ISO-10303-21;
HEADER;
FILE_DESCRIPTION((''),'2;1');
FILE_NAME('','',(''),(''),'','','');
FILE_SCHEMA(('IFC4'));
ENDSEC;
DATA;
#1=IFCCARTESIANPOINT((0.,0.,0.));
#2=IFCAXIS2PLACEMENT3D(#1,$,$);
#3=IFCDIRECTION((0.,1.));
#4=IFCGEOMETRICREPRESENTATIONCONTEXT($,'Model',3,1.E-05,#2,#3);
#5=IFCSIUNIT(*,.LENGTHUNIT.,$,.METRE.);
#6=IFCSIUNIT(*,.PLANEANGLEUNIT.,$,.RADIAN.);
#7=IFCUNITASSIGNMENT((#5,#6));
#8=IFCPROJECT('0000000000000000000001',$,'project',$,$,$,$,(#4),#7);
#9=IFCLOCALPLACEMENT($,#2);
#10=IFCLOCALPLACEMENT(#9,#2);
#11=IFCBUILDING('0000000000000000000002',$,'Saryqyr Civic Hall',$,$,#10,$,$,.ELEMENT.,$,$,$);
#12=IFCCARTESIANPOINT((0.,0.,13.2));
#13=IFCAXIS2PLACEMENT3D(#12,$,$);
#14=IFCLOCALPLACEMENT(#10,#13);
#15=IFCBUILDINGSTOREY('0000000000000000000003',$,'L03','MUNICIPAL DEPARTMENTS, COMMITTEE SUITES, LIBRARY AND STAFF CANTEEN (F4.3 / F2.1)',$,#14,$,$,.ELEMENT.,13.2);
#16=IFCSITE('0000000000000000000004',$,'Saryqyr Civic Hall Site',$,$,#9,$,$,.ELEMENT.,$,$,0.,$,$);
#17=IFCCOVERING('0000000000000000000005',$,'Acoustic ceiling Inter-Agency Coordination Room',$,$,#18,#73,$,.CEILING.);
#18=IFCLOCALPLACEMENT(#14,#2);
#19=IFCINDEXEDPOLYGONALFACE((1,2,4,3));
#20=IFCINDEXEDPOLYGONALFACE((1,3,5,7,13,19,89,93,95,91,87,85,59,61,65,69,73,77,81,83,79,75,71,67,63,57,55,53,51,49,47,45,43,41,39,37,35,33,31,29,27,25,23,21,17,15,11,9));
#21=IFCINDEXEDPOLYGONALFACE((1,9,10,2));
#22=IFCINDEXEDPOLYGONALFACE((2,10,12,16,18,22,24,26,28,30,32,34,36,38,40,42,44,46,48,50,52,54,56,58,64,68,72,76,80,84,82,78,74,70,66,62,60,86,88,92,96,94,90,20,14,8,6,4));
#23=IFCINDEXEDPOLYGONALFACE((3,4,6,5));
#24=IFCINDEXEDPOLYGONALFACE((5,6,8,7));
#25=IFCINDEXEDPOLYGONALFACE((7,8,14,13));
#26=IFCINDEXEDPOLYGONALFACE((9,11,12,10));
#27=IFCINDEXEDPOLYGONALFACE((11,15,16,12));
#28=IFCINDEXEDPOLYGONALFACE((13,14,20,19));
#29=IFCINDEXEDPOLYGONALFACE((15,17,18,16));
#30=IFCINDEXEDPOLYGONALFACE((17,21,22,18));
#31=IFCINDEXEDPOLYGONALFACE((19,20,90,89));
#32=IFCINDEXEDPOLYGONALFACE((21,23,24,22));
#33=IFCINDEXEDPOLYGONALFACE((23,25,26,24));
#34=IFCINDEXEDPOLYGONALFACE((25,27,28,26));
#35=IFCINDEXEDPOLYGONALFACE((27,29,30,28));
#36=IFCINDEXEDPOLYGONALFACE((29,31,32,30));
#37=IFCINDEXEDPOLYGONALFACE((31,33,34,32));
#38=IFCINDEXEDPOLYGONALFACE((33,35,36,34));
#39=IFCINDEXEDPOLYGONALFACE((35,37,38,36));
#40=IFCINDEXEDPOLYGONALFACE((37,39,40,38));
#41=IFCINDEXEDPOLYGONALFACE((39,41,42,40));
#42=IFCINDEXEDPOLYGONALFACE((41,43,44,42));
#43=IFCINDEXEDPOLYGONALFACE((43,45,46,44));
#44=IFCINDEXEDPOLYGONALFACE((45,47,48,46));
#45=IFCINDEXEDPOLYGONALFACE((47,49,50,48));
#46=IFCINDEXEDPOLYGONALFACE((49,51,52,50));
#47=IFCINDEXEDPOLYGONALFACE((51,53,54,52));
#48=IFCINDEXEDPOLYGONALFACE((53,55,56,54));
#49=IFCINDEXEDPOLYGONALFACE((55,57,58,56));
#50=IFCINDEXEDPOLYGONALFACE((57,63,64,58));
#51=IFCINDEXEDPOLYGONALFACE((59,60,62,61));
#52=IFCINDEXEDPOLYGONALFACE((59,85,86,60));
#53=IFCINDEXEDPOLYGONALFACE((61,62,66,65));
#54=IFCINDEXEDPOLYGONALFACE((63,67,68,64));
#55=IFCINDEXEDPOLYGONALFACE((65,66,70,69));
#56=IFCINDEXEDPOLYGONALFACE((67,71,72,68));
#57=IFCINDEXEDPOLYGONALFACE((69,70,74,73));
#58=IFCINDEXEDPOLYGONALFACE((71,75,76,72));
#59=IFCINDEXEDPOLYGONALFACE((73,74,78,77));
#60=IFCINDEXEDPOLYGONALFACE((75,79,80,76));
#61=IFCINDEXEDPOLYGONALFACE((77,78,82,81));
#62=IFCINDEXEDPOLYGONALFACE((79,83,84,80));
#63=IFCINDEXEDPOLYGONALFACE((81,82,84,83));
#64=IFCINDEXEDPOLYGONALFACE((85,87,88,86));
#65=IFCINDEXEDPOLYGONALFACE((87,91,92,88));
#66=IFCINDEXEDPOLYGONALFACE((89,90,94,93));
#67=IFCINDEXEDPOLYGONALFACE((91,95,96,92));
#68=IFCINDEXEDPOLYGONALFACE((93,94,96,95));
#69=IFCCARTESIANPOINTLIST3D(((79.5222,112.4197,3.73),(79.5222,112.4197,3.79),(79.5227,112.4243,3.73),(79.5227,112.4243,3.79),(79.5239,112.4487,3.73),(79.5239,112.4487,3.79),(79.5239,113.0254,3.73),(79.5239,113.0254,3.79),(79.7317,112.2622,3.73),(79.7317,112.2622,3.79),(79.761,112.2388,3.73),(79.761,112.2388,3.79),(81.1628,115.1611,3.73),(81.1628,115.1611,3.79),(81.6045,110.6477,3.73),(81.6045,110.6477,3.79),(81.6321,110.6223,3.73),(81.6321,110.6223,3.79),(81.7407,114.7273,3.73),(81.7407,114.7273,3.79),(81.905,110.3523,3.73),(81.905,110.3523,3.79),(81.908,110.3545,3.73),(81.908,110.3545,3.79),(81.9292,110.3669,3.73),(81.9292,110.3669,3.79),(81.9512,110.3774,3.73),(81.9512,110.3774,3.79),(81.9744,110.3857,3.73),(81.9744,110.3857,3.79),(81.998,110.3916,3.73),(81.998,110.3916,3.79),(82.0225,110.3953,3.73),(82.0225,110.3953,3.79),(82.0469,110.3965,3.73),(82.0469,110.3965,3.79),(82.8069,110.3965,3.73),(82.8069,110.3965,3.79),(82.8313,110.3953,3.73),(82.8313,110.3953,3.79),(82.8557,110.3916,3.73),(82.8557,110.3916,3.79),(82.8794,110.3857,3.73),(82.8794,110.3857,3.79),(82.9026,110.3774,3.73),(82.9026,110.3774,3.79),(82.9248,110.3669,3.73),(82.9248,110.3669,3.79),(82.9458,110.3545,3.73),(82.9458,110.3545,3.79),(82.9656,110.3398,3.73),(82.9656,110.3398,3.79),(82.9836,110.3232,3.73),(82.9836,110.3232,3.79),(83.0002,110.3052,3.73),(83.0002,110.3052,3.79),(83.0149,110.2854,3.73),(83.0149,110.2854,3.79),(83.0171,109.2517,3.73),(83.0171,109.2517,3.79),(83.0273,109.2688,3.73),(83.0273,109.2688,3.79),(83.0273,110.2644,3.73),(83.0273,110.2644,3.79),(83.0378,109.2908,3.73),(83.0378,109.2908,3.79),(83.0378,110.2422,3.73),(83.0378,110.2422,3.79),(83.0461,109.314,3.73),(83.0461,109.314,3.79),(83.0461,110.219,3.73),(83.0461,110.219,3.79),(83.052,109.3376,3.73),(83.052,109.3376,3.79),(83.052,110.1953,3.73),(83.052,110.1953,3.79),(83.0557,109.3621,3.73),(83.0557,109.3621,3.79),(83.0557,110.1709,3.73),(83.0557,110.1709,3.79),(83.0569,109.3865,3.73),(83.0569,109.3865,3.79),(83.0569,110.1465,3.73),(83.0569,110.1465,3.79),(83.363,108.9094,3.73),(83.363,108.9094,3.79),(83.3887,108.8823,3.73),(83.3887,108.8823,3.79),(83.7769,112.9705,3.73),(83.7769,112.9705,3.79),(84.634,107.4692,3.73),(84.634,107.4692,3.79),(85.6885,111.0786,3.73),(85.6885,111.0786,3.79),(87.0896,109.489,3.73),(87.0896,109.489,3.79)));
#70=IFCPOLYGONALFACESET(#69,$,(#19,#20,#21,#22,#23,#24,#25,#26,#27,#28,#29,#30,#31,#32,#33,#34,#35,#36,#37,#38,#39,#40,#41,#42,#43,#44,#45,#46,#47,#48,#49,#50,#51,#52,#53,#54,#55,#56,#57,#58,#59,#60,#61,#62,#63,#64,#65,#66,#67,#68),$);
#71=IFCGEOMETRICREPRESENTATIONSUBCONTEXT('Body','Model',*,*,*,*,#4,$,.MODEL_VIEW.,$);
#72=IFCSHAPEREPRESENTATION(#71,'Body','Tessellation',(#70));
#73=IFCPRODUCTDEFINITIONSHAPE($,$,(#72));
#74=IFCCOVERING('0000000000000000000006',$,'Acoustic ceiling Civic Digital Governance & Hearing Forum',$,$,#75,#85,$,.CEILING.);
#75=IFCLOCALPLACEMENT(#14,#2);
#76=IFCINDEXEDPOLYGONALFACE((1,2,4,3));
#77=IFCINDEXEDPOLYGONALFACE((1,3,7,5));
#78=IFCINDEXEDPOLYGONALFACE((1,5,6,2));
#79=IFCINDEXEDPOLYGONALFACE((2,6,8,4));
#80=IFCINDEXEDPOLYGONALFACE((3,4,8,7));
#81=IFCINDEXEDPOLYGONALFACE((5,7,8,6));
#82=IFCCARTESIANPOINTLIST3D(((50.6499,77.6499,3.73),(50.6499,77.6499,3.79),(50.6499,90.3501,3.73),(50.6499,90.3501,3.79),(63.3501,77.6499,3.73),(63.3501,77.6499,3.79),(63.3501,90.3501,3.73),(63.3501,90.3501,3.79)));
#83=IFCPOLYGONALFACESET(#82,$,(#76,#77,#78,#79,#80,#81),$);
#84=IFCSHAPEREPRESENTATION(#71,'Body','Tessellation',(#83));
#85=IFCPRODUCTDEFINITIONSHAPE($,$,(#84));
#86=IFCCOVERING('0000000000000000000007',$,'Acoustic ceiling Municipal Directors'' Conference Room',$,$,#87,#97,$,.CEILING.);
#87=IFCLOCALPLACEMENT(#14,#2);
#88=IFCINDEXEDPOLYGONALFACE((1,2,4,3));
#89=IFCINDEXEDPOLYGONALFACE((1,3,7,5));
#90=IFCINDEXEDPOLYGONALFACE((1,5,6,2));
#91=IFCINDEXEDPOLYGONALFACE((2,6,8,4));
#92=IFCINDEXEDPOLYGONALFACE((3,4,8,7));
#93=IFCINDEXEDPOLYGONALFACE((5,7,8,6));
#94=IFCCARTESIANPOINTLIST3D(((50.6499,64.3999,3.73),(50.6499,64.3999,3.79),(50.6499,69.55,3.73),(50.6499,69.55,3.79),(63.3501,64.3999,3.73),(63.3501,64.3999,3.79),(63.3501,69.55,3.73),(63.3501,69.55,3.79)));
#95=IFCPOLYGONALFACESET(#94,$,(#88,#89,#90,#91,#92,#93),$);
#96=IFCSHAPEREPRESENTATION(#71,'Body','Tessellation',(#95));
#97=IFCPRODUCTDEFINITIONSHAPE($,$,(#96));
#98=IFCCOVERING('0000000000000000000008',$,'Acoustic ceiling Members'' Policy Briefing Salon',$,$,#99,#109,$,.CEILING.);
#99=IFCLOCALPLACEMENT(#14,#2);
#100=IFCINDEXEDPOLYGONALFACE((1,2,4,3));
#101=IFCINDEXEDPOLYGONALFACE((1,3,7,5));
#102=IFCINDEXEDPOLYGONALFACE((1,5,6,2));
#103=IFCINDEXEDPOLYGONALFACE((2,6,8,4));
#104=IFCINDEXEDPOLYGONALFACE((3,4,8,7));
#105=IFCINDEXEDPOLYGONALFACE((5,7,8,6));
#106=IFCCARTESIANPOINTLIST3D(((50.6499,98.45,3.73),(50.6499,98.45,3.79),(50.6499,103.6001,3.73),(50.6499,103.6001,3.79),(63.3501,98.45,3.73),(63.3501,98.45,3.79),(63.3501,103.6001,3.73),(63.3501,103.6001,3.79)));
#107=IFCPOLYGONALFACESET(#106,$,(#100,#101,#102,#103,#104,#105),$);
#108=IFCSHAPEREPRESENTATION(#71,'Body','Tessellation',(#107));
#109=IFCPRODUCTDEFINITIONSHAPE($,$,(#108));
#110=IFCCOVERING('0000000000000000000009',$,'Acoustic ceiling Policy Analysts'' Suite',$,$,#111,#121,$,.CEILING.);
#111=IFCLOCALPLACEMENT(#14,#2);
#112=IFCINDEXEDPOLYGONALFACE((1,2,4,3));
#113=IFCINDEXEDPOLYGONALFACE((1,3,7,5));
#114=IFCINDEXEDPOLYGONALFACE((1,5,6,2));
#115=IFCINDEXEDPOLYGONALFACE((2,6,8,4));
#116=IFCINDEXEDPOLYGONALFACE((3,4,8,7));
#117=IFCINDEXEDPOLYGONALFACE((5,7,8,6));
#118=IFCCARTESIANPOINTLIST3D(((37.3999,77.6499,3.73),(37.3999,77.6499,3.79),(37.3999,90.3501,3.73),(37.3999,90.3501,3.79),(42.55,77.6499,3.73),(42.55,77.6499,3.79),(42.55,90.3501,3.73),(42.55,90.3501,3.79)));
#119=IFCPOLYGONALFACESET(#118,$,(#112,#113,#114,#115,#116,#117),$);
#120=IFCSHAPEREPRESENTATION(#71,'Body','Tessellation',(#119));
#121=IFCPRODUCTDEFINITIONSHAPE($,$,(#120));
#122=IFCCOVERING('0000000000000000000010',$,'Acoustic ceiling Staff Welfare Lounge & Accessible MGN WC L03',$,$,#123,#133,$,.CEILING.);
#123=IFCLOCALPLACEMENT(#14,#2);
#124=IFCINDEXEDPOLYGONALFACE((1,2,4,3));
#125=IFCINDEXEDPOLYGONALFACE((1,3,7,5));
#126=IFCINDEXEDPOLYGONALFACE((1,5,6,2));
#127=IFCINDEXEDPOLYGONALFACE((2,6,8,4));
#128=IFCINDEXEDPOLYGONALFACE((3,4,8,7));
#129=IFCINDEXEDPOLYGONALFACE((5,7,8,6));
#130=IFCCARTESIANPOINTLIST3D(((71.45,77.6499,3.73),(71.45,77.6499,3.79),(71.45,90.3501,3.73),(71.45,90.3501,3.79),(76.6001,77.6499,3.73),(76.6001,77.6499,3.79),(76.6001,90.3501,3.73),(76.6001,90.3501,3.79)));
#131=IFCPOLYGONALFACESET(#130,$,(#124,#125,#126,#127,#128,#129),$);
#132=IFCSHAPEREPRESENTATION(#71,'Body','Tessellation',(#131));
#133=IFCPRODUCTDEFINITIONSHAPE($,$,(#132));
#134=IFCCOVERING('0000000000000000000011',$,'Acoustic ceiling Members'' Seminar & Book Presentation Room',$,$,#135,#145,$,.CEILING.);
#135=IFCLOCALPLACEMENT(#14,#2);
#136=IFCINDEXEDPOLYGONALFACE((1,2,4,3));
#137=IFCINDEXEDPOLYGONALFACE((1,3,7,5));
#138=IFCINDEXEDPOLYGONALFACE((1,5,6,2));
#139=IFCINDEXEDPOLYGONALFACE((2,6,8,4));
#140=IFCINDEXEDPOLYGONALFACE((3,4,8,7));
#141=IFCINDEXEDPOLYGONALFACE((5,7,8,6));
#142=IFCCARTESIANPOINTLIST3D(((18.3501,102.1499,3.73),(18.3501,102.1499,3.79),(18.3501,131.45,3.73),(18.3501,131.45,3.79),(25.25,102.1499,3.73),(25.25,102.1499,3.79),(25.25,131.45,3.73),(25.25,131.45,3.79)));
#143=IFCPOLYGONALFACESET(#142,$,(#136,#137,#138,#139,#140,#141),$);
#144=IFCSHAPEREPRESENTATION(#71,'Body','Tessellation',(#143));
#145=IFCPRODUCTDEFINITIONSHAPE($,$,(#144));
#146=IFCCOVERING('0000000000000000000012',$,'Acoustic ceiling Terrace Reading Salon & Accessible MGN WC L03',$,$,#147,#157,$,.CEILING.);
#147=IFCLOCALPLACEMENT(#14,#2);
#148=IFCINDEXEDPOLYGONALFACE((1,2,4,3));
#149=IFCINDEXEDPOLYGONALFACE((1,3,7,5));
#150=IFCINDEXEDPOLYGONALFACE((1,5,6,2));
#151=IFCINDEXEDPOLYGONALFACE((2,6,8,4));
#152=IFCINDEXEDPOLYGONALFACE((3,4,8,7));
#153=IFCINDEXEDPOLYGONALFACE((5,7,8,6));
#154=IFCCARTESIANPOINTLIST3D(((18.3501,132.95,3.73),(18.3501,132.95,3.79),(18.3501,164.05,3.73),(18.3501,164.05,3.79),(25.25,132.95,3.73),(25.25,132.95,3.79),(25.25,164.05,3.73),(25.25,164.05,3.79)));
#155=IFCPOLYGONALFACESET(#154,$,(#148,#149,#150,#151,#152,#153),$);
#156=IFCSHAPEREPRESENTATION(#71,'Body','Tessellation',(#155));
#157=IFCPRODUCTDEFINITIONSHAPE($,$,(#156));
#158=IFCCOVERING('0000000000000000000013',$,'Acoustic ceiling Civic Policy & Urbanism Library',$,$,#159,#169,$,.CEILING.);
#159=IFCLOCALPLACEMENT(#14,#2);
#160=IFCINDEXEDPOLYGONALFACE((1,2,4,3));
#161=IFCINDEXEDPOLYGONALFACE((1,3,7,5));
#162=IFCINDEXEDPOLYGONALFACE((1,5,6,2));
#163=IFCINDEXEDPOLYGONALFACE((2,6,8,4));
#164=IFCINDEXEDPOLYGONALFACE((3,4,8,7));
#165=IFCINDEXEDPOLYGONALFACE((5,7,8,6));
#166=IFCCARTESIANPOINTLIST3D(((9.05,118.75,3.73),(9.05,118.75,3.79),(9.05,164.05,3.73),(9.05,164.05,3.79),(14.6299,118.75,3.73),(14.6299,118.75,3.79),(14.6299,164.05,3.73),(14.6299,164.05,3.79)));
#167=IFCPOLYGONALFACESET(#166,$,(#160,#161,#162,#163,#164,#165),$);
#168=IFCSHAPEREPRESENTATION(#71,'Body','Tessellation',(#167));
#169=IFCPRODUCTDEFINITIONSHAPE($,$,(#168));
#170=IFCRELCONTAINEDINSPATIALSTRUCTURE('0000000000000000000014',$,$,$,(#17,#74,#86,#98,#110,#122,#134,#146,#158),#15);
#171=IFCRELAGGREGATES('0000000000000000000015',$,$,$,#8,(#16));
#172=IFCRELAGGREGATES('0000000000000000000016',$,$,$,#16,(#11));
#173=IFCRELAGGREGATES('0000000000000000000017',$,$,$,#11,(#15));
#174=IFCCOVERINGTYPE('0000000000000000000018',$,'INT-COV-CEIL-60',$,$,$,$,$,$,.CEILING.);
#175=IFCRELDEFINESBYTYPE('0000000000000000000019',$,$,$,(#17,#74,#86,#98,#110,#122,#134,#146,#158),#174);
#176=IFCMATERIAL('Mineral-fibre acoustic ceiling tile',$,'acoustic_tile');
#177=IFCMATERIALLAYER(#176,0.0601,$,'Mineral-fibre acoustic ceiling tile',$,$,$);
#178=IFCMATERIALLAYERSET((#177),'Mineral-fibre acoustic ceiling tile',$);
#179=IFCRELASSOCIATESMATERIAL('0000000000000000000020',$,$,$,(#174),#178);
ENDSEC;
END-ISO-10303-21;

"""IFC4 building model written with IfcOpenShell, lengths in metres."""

from ifc_helpers import new_model, si_unit, direction, frame, origin, place, context, subcontext, project, spatial, polyline, outline, extrude, material, layer, layer_set, type_object, element, save


model = new_model("IFC4")

# Units and contexts
model_context = context("Model", 3, precision=1e-05, world=origin(), true_north=direction((0.0, 1.0)))
body_context = subcontext(model_context, "Body", "Model", "MODEL_VIEW")
ifc_project = project(units=[si_unit("LENGTHUNIT", "METRE"), si_unit("PLANEANGLEUNIT", "RADIAN")], contexts=[model_context])

# Site, building, storey
site_placement = place(None, origin())
site = spatial("IfcSite", under=ifc_project, at=site_placement, Name="Saryqyr Civic Hall Site", CompositionType="ELEMENT", RefElevation=0.0)
building_placement = place(site_placement, origin())
building = spatial("IfcBuilding", under=site, at=building_placement, Name="Saryqyr Civic Hall", CompositionType="ELEMENT")
storey_placement = place(building_placement, frame((0.0, 0.0, 13.2)))
storey = spatial("IfcBuildingStorey", under=building, at=storey_placement, Name="L03", Description="MUNICIPAL DEPARTMENTS, COMMITTEE SUITES, LIBRARY AND STAFF CANTEEN (F4.3 / F2.1)", CompositionType="ELEMENT", Elevation=13.2)

# Coverings
ifc_material_1 = material(Name="Mineral-fibre acoustic ceiling tile", Category="acoustic_tile")
ifc_layer_1 = layer(ifc_material_1, 0.0601, Name="Mineral-fibre acoustic ceiling tile")
ifc_layer_set_1 = layer_set([ifc_layer_1], Name="Mineral-fibre acoustic ceiling tile")
covering_type = type_object("IfcCoveringType", Name="INT-COV-CEIL-60", PredefinedType="CEILING", material=ifc_layer_set_1)
covering_1_placement = place(storey_placement, frame((0.0, 0.0, 3.73)))
element("IfcCovering", 1, at=covering_1_placement, inside=storey, type_object=covering_type, Name="Acoustic ceiling Inter-Agency Coordination Room", PredefinedType="CEILING", context=body_context, shape_type="SweptSolid", body=[
    extrude(outline(polyline([(83.0273, 109.2688), (83.0378, 109.2908), (83.0461, 109.314), (83.052, 109.3376), (83.0557, 109.3621), (83.0569, 109.3865), (83.0569, 110.1465), (83.0557, 110.1709), (83.052, 110.1953), (83.0461, 110.219), (83.0378, 110.2422), (83.0273, 110.2644), (83.0149, 110.2854), (83.0002, 110.3052), (82.9836, 110.3232), (82.9656, 110.3398), (82.9458, 110.3545), (82.9248, 110.3669), (82.9026, 110.3774), (82.8794, 110.3857), (82.8557, 110.3916), (82.8313, 110.3953), (82.8069, 110.3965), (82.0469, 110.3965), (82.0225, 110.3953), (81.998, 110.3916), (81.9744, 110.3857), (81.9512, 110.3774), (81.9292, 110.3669), (81.908, 110.3545), (81.905, 110.3523), (81.6321, 110.6223), (81.6045, 110.6477), (79.761, 112.2388), (79.7317, 112.2622), (79.5222, 112.4197), (79.5227, 112.4243), (79.5239, 112.4487), (79.5239, 113.0254), (81.1628, 115.1611), (81.7407, 114.7273), (83.7769, 112.9705), (85.6885, 111.0786), (87.0896, 109.489), (84.634, 107.4692), (83.3887, 108.8823), (83.363, 108.9094), (83.0171, 109.2517), (83.0273, 109.2688)])), origin(), (0.0, 0.0, 1.0), 0.0601),
])
covering_2_placement = place(storey_placement, frame((0.0, 0.0, 3.73)))
element("IfcCovering", 2, at=covering_2_placement, inside=storey, type_object=covering_type, Name="Acoustic ceiling Civic Digital Governance & Hearing Forum", PredefinedType="CEILING", context=body_context, shape_type="SweptSolid", body=[
    extrude(outline(polyline([(50.6499, 77.6499), (50.6499, 90.3501), (63.3501, 90.3501), (63.3501, 77.6499), (50.6499, 77.6499)])), origin(), (0.0, 0.0, 1.0), 0.0601),
])
covering_3_placement = place(storey_placement, frame((0.0, 0.0, 3.73)))
element("IfcCovering", 3, at=covering_3_placement, inside=storey, type_object=covering_type, Name="Acoustic ceiling Municipal Directors' Conference Room", PredefinedType="CEILING", context=body_context, shape_type="SweptSolid", body=[
    extrude(outline(polyline([(50.6499, 69.55), (63.3501, 69.55), (63.3501, 64.3999), (50.6499, 64.3999), (50.6499, 69.55)])), origin(), (0.0, 0.0, 1.0), 0.0601),
])
covering_4_placement = place(storey_placement, frame((0.0, 0.0, 3.73)))
element("IfcCovering", 4, at=covering_4_placement, inside=storey, type_object=covering_type, Name="Acoustic ceiling Members' Policy Briefing Salon", PredefinedType="CEILING", context=body_context, shape_type="SweptSolid", body=[
    extrude(outline(polyline([(50.6499, 98.45), (50.6499, 103.6001), (63.3501, 103.6001), (63.3501, 98.45), (50.6499, 98.45)])), origin(), (0.0, 0.0, 1.0), 0.0601),
])
covering_5_placement = place(storey_placement, frame((0.0, 0.0, 3.73)))
element("IfcCovering", 5, at=covering_5_placement, inside=storey, type_object=covering_type, Name="Acoustic ceiling Policy Analysts' Suite", PredefinedType="CEILING", context=body_context, shape_type="SweptSolid", body=[
    extrude(outline(polyline([(37.3999, 77.6499), (37.3999, 90.3501), (42.55, 90.3501), (42.55, 77.6499), (37.3999, 77.6499)])), origin(), (0.0, 0.0, 1.0), 0.0601),
])
covering_6_placement = place(storey_placement, frame((0.0, 0.0, 3.73)))
element("IfcCovering", 6, at=covering_6_placement, inside=storey, type_object=covering_type, Name="Acoustic ceiling Staff Welfare Lounge & Accessible MGN WC L03", PredefinedType="CEILING", context=body_context, shape_type="SweptSolid", body=[
    extrude(outline(polyline([(71.45, 77.6499), (71.45, 90.3501), (76.6001, 90.3501), (76.6001, 77.6499), (71.45, 77.6499)])), origin(), (0.0, 0.0, 1.0), 0.0601),
])
covering_7_placement = place(storey_placement, frame((0.0, 0.0, 3.73)))
element("IfcCovering", 7, at=covering_7_placement, inside=storey, type_object=covering_type, Name="Acoustic ceiling Members' Seminar & Book Presentation Room", PredefinedType="CEILING", context=body_context, shape_type="SweptSolid", body=[
    extrude(outline(polyline([(18.3501, 102.1499), (18.3501, 131.45), (25.25, 131.45), (25.25, 102.1499), (18.3501, 102.1499)])), origin(), (0.0, 0.0, 1.0), 0.0601),
])
covering_8_placement = place(storey_placement, frame((0.0, 0.0, 3.73)))
element("IfcCovering", 8, at=covering_8_placement, inside=storey, type_object=covering_type, Name="Acoustic ceiling Terrace Reading Salon & Accessible MGN WC L03", PredefinedType="CEILING", context=body_context, shape_type="SweptSolid", body=[
    extrude(outline(polyline([(18.3501, 132.95), (18.3501, 164.05), (25.25, 164.05), (25.25, 132.95), (18.3501, 132.95)])), origin(), (0.0, 0.0, 1.0), 0.0601),
])
covering_9_placement = place(storey_placement, frame((0.0, 0.0, 3.73)))
element("IfcCovering", 9, at=covering_9_placement, inside=storey, type_object=covering_type, Name="Acoustic ceiling Civic Policy & Urbanism Library", PredefinedType="CEILING", context=body_context, shape_type="SweptSolid", body=[
    extrude(outline(polyline([(9.05, 118.75), (9.05, 164.05), (14.6299, 164.05), (14.6299, 118.75), (9.05, 118.75)])), origin(), (0.0, 0.0, 1.0), 0.0601),
])

save(model, "model.ifc")
